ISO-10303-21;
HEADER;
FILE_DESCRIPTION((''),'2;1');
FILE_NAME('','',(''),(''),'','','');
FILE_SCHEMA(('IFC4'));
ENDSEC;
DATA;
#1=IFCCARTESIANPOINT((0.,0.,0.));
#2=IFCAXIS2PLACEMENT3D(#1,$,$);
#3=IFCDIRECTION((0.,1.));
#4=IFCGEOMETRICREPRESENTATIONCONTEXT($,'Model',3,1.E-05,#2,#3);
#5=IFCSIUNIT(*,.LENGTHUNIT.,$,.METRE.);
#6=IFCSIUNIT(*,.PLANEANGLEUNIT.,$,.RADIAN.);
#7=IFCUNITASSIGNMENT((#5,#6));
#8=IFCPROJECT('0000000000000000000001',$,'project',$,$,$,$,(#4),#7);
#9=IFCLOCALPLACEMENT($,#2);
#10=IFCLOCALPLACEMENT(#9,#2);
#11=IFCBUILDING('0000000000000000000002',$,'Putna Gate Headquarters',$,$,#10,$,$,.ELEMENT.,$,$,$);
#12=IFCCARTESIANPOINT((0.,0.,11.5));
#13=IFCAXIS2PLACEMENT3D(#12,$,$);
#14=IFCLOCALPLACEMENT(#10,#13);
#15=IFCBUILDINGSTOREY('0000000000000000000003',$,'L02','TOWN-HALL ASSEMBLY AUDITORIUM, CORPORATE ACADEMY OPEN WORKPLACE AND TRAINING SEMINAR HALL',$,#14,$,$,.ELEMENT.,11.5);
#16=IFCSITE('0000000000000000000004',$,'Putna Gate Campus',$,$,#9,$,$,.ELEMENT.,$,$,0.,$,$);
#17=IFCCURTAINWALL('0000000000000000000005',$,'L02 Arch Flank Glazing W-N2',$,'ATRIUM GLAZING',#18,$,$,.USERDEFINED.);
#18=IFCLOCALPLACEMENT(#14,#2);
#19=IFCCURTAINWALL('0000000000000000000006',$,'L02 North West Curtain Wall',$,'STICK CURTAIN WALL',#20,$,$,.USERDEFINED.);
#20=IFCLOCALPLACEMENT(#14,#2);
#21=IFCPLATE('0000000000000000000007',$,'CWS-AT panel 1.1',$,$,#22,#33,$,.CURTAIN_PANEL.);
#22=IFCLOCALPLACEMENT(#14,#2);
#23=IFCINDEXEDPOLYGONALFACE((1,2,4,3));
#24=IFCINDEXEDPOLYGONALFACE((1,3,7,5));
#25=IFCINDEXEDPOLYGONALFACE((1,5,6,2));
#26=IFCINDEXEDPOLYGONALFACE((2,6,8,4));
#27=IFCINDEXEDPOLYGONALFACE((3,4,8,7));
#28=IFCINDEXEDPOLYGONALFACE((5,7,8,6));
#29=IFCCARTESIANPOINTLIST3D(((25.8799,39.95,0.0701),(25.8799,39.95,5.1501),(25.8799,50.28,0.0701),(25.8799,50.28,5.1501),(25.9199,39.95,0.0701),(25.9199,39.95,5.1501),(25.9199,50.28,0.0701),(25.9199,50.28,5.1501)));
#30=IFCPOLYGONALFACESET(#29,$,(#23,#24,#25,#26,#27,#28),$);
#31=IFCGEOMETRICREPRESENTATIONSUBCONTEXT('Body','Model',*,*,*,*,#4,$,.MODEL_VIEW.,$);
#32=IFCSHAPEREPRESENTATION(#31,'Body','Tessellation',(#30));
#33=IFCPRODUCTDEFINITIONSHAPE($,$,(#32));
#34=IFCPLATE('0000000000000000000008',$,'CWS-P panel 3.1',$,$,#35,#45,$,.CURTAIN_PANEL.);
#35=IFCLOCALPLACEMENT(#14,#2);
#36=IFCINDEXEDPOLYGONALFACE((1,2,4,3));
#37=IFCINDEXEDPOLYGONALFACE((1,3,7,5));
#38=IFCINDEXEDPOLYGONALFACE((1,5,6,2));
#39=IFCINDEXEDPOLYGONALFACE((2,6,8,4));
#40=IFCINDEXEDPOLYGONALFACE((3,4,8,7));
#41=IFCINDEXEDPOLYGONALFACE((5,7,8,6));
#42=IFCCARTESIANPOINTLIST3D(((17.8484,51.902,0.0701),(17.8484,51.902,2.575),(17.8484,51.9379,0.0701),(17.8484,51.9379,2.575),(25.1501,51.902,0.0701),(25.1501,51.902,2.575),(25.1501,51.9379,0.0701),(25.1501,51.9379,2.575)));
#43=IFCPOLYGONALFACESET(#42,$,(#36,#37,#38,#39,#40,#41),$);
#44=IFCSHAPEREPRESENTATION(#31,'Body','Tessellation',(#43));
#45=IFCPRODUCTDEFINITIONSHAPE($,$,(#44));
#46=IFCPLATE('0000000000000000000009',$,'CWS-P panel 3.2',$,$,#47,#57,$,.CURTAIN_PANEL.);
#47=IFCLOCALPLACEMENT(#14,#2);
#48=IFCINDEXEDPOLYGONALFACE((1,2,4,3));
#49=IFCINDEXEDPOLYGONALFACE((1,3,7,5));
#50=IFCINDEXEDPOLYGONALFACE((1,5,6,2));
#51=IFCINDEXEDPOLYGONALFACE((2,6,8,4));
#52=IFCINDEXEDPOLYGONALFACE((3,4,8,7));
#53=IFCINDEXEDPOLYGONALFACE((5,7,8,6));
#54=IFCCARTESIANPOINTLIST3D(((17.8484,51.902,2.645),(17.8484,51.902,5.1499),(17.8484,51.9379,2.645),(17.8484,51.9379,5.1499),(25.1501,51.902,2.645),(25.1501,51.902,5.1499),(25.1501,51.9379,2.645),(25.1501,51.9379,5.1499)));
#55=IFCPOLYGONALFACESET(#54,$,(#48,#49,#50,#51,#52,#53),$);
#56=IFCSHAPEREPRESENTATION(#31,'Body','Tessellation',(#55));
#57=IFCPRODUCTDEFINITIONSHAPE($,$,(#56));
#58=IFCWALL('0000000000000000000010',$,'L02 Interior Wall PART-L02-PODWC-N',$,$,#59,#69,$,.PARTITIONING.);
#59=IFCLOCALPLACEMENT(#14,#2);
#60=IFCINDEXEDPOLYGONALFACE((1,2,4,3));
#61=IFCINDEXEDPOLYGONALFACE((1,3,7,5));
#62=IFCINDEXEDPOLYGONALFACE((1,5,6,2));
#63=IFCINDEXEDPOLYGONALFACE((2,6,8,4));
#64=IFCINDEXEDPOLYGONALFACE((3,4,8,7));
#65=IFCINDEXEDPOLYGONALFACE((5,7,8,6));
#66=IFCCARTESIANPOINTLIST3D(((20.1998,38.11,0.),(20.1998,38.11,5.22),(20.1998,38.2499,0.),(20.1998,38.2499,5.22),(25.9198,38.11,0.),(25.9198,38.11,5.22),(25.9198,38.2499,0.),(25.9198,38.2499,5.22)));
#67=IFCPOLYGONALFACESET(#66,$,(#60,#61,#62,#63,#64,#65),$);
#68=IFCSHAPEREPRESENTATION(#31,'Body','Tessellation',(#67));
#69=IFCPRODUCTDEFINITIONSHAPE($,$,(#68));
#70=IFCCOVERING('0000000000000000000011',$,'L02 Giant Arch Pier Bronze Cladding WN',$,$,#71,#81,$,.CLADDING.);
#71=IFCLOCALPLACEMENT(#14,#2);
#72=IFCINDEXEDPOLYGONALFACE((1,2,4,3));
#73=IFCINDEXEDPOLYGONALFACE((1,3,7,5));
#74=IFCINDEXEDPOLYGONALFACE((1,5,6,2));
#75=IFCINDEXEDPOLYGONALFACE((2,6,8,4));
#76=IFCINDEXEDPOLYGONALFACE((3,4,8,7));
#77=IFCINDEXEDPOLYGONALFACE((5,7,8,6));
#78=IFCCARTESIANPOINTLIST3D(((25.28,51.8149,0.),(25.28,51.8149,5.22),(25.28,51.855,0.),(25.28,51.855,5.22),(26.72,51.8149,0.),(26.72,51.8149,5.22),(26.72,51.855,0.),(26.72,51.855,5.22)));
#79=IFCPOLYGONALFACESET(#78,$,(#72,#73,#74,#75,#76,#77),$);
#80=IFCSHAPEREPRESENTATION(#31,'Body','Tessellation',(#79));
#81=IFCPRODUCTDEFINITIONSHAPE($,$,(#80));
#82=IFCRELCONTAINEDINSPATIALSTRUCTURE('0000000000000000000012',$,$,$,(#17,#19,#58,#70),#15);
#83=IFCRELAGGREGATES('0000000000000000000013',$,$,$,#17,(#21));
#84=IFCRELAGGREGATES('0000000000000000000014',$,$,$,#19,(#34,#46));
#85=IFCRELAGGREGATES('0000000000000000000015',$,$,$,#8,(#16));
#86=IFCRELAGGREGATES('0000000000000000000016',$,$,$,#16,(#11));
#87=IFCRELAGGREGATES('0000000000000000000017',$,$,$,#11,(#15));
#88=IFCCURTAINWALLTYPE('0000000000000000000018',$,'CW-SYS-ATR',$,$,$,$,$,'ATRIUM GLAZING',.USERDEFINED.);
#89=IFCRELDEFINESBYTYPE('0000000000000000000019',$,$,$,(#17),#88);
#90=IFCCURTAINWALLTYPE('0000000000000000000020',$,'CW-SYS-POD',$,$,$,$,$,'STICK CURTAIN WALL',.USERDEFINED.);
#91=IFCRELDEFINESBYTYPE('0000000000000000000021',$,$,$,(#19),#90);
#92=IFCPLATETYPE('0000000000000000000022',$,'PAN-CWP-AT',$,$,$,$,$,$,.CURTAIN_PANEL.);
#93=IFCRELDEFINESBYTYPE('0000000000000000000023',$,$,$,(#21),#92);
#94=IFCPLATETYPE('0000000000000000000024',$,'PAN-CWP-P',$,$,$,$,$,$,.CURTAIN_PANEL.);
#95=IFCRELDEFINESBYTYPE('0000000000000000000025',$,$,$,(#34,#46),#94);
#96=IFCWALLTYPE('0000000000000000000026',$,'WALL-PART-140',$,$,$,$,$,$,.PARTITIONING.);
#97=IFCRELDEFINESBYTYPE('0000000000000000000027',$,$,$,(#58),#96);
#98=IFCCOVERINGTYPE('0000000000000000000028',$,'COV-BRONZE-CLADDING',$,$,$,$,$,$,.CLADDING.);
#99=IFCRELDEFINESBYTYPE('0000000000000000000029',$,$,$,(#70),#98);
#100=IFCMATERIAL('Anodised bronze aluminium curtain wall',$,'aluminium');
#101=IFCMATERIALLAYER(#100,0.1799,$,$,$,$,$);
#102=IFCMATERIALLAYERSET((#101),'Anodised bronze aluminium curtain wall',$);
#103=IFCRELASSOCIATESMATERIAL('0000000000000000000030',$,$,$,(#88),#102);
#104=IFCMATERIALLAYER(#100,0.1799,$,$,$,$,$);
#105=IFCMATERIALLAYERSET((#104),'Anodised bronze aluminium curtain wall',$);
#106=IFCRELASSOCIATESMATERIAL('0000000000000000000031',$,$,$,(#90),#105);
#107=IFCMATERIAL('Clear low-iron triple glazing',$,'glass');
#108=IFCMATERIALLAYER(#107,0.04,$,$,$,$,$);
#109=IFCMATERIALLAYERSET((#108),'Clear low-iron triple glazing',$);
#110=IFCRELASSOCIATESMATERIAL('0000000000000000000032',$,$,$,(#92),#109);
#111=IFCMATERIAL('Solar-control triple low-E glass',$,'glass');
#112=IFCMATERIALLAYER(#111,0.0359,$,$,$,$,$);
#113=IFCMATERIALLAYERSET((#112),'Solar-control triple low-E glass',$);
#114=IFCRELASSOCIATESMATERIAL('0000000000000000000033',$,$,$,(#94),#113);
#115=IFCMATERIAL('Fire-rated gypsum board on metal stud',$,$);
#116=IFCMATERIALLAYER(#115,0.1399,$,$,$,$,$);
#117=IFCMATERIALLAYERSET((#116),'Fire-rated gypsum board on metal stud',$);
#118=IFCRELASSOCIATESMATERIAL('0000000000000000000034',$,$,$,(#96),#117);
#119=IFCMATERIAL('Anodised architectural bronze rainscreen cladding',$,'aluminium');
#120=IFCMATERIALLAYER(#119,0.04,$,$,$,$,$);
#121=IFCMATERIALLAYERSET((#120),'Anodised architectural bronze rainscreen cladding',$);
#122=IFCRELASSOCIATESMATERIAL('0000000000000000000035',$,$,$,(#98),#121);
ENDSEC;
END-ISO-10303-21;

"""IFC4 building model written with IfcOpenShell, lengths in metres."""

from ifc_helpers import new_model, si_unit, direction, frame, frame_2d, origin, origin_2d, place, context, subcontext, project, spatial, rectangle, extrude, material, layer, layer_set, type_object, element, aggregate, save


model = new_model("IFC4")

# Units and contexts
model_context = context("Model", 3, precision=1e-05, world=origin(), true_north=direction((0.0, 1.0)))
body_context = subcontext(model_context, "Body", "Model", "MODEL_VIEW")
ifc_project = project(units=[si_unit("LENGTHUNIT", "METRE"), si_unit("PLANEANGLEUNIT", "RADIAN")], contexts=[model_context])

# Site, building, storey
site_placement = place(None, origin())
site = spatial("IfcSite", under=ifc_project, at=site_placement, Name="Putna Gate Campus", CompositionType="ELEMENT", RefElevation=0.0)
building_placement = place(site_placement, origin())
building = spatial("IfcBuilding", under=site, at=building_placement, Name="Putna Gate Headquarters", CompositionType="ELEMENT")
storey_placement = place(building_placement, frame((0.0, 0.0, 11.5)))
storey = spatial("IfcBuildingStorey", under=building, at=storey_placement, Name="L02", Description="TOWN-HALL ASSEMBLY AUDITORIUM, CORPORATE ACADEMY OPEN WORKPLACE AND TRAINING SEMINAR HALL", CompositionType="ELEMENT", Elevation=11.5)

# Curtain wall
ifc_material_1 = material(Name="Anodised bronze aluminium curtain wall", Category="aluminium")
ifc_layer_1 = layer(ifc_material_1, 0.1799)
ifc_layer_set_1 = layer_set([ifc_layer_1], Name="Anodised bronze aluminium curtain wall")
curtain_wall_type_1 = type_object("IfcCurtainWallType", Name="CW-SYS-ATR", ElementType="ATRIUM GLAZING", PredefinedType="USERDEFINED", material=ifc_layer_set_1)
curtain_wall_1_placement = place(storey_placement, origin())
curtain_wall_1 = element("IfcCurtainWall", 1, at=curtain_wall_1_placement, inside=storey, type_object=curtain_wall_type_1, Name="L02 Arch Flank Glazing W-N2", ObjectType="ATRIUM GLAZING", PredefinedType="USERDEFINED")

# Curtain wall
ifc_layer_2 = layer(ifc_material_1, 0.1799)
ifc_layer_set_2 = layer_set([ifc_layer_2], Name="Anodised bronze aluminium curtain wall")
curtain_wall_type_2 = type_object("IfcCurtainWallType", Name="CW-SYS-POD", ElementType="STICK CURTAIN WALL", PredefinedType="USERDEFINED", material=ifc_layer_set_2)
curtain_wall_2_placement = place(storey_placement, origin())
curtain_wall_2 = element("IfcCurtainWall", 2, at=curtain_wall_2_placement, inside=storey, type_object=curtain_wall_type_2, Name="L02 North West Curtain Wall", ObjectType="STICK CURTAIN WALL", PredefinedType="USERDEFINED")

# Plates
ifc_material_2 = material(Name="Clear low-iron triple glazing", Category="glass")
ifc_layer_3 = layer(ifc_material_2, 0.04)
ifc_layer_set_3 = layer_set([ifc_layer_3], Name="Clear low-iron triple glazing")
plate_type_1 = type_object("IfcPlateType", Name="PAN-CWP-AT", PredefinedType="CURTAIN_PANEL", material=ifc_layer_set_3)
plate_1_placement = place(storey_placement, frame((25.8999, 45.115, 0.0701), z_axis=(0.0, 0.0, 1.0), x_axis=(0.0, 1.0, 0.0)))
plate_1 = element("IfcPlate", 3, at=plate_1_placement, type_object=plate_type_1, Name="CWS-AT panel 1.1", PredefinedType="CURTAIN_PANEL", context=body_context, shape_type="SweptSolid", body=[
    extrude(rectangle(XDim=10.3301, YDim=0.04, at=origin_2d()), origin(), (0.0, 0.0, 1.0), 5.0801),
])
aggregate(curtain_wall_1, [plate_1])
ifc_material_3 = material(Name="Solar-control triple low-E glass", Category="glass")
ifc_layer_4 = layer(ifc_material_3, 0.0359)
ifc_layer_set_4 = layer_set([ifc_layer_4], Name="Solar-control triple low-E glass")
plate_type_2 = type_object("IfcPlateType", Name="PAN-CWP-P", PredefinedType="CURTAIN_PANEL", material=ifc_layer_set_4)
plate_2_placement = place(storey_placement, frame((21.4993, 51.9199, 0.0701), z_axis=(0.0, 0.0, 1.0), x_axis=(1.0, 0.0, 0.0)))
plate_2 = element("IfcPlate", 4, at=plate_2_placement, type_object=plate_type_2, Name="CWS-P panel 3.1", PredefinedType="CURTAIN_PANEL", context=body_context, shape_type="SweptSolid", body=[
    extrude(rectangle(XDim=7.3018, YDim=0.0359, at=origin_2d()), origin(), (0.0, 0.0, 1.0), 2.5049),
])
plate_3_placement = place(storey_placement, frame((21.4993, 51.9199, 2.645), z_axis=(0.0, 0.0, 1.0), x_axis=(1.0, 0.0, 0.0)))
plate_3 = element("IfcPlate", 5, at=plate_3_placement, type_object=plate_type_2, Name="CWS-P panel 3.2", PredefinedType="CURTAIN_PANEL", context=body_context, shape_type="SweptSolid", body=[
    extrude(rectangle(XDim=7.3018, YDim=0.0359, at=origin_2d()), origin(), (0.0, 0.0, 1.0), 2.5049),
])
aggregate(curtain_wall_2, [plate_2, plate_3])

# Wall
ifc_material_4 = material(Name="Fire-rated gypsum board on metal stud")
ifc_layer_5 = layer(ifc_material_4, 0.1399)
ifc_layer_set_5 = layer_set([ifc_layer_5], Name="Fire-rated gypsum board on metal stud")
wall_type = type_object("IfcWallType", Name="WALL-PART-140", PredefinedType="PARTITIONING", material=ifc_layer_set_5)
wall_placement = place(storey_placement, frame((20.2, 38.1799, 0.0), z_axis=(0.0, 0.0, 1.0), x_axis=(1.0, 0.0, 0.0)))
element("IfcWall", 6, at=wall_placement, inside=storey, type_object=wall_type, Name="L02 Interior Wall PART-L02-PODWC-N", PredefinedType="PARTITIONING", context=body_context, shape_type="SweptSolid", body=[
    extrude(rectangle(XDim=5.72, YDim=0.1399, at=frame_2d((2.8599, 0.0))), origin(), (0.0, 0.0, 1.0), 5.22),
])

# Covering
ifc_material_5 = material(Name="Anodised architectural bronze rainscreen cladding", Category="aluminium")
ifc_layer_6 = layer(ifc_material_5, 0.04)
ifc_layer_set_6 = layer_set([ifc_layer_6], Name="Anodised architectural bronze rainscreen cladding")
covering_type = type_object("IfcCoveringType", Name="COV-BRONZE-CLADDING", PredefinedType="CLADDING", material=ifc_layer_set_6)
covering_placement = place(storey_placement, frame((26.0, 51.835, 0.0), z_axis=(0.0, 0.0, 1.0), x_axis=(1.0, 0.0, 0.0)))
element("IfcCovering", 7, at=covering_placement, inside=storey, type_object=covering_type, Name="L02 Giant Arch Pier Bronze Cladding WN", PredefinedType="CLADDING", context=body_context, shape_type="SweptSolid", body=[
    extrude(rectangle(XDim=1.4399, YDim=0.04, at=origin_2d()), origin(), (0.0, 0.0, 1.0), 5.22),
])

save(model, "model.ifc")
